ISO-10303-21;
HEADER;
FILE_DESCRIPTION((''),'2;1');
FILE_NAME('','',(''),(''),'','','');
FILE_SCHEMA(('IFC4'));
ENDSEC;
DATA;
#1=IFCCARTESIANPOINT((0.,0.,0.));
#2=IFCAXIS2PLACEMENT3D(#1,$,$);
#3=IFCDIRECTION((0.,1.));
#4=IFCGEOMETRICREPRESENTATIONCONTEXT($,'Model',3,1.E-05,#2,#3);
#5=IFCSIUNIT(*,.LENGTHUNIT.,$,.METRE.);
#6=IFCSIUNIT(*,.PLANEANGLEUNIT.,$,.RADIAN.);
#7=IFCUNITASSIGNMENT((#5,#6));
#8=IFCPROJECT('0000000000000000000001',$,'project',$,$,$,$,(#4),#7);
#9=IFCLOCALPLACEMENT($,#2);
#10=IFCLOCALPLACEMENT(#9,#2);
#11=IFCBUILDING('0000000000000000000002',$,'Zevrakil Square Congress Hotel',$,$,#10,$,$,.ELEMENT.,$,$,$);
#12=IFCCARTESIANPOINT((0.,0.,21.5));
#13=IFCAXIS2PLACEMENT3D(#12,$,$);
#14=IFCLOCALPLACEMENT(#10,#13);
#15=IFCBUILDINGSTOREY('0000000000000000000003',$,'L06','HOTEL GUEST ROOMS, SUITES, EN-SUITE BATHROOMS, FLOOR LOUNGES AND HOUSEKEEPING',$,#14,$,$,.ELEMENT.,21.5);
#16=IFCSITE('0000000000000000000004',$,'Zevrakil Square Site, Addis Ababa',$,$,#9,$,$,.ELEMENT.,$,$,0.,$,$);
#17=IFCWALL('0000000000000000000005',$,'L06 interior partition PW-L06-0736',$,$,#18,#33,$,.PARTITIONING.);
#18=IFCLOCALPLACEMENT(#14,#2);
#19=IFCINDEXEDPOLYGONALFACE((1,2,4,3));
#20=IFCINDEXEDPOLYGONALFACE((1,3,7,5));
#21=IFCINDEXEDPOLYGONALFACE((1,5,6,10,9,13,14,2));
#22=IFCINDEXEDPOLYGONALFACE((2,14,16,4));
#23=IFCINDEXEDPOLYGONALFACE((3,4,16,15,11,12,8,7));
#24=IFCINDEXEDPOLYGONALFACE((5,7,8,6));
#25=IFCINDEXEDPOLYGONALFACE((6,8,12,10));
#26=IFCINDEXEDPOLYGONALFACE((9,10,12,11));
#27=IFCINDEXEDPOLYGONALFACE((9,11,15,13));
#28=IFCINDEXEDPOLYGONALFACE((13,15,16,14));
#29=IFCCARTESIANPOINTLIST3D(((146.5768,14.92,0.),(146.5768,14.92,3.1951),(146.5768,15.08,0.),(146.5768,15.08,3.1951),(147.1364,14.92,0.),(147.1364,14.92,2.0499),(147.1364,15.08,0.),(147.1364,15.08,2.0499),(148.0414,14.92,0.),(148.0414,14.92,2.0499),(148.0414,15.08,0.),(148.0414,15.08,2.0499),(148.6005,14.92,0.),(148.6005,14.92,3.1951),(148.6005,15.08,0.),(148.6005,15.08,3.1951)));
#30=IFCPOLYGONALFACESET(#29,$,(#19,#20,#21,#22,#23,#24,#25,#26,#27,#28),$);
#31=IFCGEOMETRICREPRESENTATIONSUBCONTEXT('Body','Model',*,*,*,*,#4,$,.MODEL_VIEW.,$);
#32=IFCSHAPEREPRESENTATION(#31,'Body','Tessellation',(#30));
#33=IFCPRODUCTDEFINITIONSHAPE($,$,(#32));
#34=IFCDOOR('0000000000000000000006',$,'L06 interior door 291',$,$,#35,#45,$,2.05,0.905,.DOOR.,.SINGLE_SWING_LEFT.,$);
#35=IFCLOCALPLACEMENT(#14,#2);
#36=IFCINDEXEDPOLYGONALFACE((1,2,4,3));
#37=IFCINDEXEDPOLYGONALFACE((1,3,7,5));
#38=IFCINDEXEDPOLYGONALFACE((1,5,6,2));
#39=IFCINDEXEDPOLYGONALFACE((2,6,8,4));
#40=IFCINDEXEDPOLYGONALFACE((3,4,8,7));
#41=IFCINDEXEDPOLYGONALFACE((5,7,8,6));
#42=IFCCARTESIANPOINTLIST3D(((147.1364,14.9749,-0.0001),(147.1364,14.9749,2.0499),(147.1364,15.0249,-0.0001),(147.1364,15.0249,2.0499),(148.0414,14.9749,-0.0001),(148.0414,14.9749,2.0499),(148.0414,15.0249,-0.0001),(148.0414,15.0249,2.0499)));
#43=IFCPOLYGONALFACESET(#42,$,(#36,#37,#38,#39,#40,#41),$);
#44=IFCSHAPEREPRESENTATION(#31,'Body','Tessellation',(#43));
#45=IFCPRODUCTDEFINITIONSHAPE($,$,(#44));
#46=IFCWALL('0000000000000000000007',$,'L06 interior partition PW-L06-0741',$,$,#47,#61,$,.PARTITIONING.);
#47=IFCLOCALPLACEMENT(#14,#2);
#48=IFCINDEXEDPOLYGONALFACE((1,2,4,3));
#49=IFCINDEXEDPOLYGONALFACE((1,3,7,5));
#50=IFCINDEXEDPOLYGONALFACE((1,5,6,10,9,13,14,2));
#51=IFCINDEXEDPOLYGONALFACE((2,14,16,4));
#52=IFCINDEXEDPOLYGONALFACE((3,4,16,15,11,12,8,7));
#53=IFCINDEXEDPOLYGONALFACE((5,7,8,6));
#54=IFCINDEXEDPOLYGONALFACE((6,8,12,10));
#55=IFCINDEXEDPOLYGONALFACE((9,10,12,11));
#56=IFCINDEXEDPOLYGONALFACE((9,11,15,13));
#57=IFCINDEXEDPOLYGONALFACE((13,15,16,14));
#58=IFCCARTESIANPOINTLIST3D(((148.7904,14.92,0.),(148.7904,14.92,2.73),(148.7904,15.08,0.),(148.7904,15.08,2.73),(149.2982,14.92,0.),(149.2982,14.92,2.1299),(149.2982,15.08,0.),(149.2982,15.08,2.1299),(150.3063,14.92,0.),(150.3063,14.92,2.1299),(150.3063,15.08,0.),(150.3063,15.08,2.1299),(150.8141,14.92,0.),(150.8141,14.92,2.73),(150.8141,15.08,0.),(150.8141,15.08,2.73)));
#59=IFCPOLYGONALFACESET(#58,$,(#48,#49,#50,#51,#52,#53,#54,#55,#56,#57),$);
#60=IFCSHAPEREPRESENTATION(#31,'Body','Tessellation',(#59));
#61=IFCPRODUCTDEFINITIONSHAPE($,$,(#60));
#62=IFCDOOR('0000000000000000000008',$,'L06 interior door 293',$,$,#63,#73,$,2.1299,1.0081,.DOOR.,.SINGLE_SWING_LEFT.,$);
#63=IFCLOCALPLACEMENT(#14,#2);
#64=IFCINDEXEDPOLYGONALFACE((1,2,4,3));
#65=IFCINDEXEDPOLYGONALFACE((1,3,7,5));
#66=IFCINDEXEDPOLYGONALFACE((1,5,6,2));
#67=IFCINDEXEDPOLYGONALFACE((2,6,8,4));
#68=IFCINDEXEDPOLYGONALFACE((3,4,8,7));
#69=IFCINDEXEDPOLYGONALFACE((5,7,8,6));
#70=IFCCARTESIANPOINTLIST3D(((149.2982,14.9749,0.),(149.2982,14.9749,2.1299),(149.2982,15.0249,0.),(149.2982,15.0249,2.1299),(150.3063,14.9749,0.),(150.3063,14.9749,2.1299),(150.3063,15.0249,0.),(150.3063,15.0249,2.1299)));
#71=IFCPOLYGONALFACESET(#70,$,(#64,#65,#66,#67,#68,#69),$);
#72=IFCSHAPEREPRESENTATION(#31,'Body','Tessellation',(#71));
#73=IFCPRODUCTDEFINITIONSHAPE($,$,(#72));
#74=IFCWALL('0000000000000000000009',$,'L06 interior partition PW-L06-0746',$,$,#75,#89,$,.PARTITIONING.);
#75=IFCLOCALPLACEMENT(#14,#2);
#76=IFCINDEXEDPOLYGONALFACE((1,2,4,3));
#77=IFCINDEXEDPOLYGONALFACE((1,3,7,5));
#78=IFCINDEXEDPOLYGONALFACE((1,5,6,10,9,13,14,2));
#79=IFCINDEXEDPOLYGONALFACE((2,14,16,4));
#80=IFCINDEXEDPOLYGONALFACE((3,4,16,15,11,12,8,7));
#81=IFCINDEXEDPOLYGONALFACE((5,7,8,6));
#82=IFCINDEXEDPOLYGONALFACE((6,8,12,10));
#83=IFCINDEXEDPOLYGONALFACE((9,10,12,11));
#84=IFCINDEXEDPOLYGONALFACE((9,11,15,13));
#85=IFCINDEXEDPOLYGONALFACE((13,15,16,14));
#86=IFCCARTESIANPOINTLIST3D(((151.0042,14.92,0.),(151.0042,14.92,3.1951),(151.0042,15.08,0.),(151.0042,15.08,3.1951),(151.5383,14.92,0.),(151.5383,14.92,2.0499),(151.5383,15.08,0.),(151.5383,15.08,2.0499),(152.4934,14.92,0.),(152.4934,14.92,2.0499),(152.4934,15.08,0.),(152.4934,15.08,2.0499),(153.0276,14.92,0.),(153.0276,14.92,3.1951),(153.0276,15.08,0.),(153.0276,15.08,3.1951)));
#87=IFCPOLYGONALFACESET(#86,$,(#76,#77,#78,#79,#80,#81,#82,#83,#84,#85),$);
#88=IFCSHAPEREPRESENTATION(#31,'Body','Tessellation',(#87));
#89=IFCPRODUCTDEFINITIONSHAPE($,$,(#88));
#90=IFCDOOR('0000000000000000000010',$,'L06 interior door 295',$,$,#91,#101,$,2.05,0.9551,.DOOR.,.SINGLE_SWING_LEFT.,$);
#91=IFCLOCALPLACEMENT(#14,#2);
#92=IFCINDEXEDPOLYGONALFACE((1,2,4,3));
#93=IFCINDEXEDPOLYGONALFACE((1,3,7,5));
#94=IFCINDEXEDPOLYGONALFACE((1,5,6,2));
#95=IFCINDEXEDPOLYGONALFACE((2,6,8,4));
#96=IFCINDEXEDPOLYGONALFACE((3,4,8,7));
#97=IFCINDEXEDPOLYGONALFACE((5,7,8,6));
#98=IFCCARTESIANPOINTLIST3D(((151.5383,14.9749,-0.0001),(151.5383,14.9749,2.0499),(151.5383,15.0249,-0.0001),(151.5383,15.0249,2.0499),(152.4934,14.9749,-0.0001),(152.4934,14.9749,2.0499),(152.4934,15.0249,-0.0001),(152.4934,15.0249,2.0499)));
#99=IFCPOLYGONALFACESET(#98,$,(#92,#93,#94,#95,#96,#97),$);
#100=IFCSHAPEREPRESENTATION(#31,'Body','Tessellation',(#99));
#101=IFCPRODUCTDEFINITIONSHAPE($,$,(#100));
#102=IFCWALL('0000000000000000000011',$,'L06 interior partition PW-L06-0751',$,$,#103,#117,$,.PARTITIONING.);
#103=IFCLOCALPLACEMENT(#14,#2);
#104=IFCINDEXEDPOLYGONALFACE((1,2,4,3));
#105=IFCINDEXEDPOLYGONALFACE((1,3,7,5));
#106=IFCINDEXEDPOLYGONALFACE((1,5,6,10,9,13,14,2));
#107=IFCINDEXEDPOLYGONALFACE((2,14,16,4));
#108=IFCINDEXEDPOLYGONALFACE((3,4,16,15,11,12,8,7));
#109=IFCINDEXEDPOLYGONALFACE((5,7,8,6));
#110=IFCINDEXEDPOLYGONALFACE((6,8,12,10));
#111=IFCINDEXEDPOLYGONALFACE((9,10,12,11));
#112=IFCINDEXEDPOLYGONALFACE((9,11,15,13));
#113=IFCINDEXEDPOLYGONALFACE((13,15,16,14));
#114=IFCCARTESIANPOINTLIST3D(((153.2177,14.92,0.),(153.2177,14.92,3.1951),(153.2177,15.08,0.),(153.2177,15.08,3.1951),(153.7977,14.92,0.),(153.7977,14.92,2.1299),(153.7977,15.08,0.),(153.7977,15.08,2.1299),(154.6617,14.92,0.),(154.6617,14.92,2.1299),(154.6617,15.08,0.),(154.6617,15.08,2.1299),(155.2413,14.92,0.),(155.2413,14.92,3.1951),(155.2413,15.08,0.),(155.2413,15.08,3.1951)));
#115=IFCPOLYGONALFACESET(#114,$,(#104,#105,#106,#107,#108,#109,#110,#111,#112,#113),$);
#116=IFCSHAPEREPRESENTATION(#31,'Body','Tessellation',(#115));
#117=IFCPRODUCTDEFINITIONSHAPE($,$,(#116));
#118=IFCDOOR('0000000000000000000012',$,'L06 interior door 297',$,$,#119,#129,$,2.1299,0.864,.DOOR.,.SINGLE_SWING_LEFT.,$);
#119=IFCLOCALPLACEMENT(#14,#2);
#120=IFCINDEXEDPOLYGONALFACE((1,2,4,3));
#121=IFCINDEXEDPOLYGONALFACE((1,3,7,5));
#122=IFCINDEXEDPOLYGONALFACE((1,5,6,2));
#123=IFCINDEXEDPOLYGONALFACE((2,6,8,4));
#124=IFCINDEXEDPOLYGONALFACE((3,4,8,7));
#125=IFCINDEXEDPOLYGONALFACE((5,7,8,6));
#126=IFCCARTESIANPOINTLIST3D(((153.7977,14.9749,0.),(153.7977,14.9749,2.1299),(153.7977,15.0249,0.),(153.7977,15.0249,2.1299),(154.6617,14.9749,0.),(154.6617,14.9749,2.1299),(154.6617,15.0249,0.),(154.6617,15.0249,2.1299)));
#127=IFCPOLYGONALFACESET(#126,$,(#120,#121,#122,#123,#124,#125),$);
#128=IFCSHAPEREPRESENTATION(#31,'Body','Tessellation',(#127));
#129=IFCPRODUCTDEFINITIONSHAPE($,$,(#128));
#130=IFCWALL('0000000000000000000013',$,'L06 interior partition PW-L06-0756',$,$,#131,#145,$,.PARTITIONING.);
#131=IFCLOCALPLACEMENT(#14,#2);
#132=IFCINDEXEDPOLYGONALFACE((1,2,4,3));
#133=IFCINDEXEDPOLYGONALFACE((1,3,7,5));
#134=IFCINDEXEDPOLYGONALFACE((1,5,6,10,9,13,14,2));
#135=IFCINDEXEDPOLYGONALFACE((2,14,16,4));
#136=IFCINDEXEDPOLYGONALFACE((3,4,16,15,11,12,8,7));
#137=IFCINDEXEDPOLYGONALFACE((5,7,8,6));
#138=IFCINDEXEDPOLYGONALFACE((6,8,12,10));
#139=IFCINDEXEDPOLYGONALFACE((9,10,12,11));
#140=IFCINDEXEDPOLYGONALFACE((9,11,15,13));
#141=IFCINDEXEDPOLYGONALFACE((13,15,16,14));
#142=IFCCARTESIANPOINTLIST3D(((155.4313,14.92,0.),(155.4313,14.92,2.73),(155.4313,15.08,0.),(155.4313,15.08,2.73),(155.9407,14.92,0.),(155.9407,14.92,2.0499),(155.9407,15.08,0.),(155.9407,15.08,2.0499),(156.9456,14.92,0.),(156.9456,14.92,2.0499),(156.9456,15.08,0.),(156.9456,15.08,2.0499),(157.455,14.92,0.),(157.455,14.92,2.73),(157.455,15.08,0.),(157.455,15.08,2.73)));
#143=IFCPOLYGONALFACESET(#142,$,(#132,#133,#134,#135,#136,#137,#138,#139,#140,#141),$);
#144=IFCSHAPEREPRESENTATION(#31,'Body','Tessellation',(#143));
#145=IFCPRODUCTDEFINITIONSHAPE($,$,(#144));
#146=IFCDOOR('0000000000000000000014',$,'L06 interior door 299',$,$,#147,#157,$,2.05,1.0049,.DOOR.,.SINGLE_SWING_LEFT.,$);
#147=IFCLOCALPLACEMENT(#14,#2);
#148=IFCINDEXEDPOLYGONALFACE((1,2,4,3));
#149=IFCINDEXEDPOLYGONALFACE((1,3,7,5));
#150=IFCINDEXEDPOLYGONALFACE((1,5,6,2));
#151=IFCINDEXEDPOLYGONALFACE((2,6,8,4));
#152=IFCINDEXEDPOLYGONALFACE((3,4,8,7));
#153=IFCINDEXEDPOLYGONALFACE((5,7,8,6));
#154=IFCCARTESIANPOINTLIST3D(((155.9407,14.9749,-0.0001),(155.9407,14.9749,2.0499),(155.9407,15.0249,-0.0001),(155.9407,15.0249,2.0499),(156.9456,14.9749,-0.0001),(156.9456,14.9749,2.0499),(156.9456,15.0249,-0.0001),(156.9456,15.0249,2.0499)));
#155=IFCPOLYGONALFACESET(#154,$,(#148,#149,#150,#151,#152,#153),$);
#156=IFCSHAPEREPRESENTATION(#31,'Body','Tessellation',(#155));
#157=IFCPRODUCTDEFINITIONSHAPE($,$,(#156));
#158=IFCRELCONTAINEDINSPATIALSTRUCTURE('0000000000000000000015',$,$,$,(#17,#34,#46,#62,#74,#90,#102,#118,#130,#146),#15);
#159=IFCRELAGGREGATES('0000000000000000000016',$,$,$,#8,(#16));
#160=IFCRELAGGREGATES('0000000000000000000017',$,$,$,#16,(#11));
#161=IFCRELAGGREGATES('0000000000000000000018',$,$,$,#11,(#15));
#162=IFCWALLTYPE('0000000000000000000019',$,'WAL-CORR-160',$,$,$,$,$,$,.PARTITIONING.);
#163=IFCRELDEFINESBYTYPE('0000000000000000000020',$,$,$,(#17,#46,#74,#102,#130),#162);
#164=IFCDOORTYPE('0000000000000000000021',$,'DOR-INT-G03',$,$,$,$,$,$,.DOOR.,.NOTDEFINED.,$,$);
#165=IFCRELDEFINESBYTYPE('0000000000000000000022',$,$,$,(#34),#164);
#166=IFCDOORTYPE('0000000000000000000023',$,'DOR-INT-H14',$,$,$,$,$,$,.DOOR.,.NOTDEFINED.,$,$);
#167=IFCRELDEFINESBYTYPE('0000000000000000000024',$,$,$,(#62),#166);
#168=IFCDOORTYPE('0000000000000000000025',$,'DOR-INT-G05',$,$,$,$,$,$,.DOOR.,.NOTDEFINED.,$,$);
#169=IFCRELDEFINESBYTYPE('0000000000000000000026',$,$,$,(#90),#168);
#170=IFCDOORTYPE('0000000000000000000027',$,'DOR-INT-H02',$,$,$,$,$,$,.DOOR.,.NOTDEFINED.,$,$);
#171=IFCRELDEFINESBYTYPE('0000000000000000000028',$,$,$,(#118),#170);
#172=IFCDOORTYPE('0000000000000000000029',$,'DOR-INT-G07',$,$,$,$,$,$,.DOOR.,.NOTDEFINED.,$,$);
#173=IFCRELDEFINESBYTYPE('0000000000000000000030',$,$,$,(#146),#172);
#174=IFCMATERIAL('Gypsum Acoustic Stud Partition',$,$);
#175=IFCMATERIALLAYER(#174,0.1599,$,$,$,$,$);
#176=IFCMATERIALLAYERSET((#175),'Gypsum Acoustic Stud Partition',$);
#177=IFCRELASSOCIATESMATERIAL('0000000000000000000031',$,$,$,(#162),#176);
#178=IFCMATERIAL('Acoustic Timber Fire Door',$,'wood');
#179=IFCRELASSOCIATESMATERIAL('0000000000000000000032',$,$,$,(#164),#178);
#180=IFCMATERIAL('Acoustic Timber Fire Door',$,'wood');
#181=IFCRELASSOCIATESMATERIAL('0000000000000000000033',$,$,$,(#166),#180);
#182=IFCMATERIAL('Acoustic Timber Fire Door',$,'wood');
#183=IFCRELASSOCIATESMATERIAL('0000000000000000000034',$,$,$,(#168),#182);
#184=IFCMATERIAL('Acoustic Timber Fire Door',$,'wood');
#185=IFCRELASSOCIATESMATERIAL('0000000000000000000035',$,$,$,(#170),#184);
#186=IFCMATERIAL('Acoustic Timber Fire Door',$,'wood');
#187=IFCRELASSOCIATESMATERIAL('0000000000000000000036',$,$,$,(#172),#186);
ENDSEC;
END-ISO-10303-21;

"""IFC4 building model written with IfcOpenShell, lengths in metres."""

from ifc_helpers import new_model, si_unit, direction, frame, frame_2d, origin, place, context, subcontext, project, spatial, rectangle, extrude, material, layer, layer_set, type_object, element, fill, save


model = new_model("IFC4")

# Units and contexts
model_context = context("Model", 3, precision=1e-05, world=origin(), true_north=direction((0.0, 1.0)))
body_context = subcontext(model_context, "Body", "Model", "MODEL_VIEW")
ifc_project = project(units=[si_unit("LENGTHUNIT", "METRE"), si_unit("PLANEANGLEUNIT", "RADIAN")], contexts=[model_context])

# Site, building, storey
site_placement = place(None, origin())
site = spatial("IfcSite", under=ifc_project, at=site_placement, Name="Zevrakil Square Site, Addis Ababa", CompositionType="ELEMENT", RefElevation=0.0)
building_placement = place(site_placement, origin())
building = spatial("IfcBuilding", under=site, at=building_placement, Name="Zevrakil Square Congress Hotel", CompositionType="ELEMENT")
storey_placement = place(building_placement, frame((0.0, 0.0, 21.5)))
storey = spatial("IfcBuildingStorey", under=building, at=storey_placement, Name="L06", Description="HOTEL GUEST ROOMS, SUITES, EN-SUITE BATHROOMS, FLOOR LOUNGES AND HOUSEKEEPING", CompositionType="ELEMENT", Elevation=21.5)

# Shared definitions
ifc_material_1 = material(Name="Gypsum Acoustic Stud Partition")
ifc_layer_1 = layer(ifc_material_1, 0.1599)
ifc_layer_set_1 = layer_set([ifc_layer_1], Name="Gypsum Acoustic Stud Partition")
wall_type_1 = type_object("IfcWallType", Name="WAL-CORR-160", PredefinedType="PARTITIONING", material=ifc_layer_set_1)

# Walls, openings, doors
wall_1_placement = place(storey_placement, frame((146.5769, 15.0, 0.0), z_axis=(0.0, 0.0, 1.0), x_axis=(1.0, 0.0, 0.0)))
wall_1 = element("IfcWall", 1, at=wall_1_placement, inside=storey, type_object=wall_type_1, Name="L06 interior partition PW-L06-0736", PredefinedType="PARTITIONING", context=body_context, shape_type="SweptSolid", body=[
    extrude(rectangle(XDim=2.0237, YDim=0.1599, at=frame_2d((1.0117, 0.0))), origin(), (0.0, 0.0, 1.0), 3.1951),
])
opening_1_placement = place(wall_1_placement, frame((0.5593, 0.0, 0.0)))
opening_1 = element("IfcOpeningElement", 2, at=opening_1_placement, cuts=wall_1, PredefinedType="OPENING", context=body_context, shape_type="SweptSolid", body=[
    extrude(rectangle(XDim=0.905, YDim=2.05, at=frame_2d((0.4526, 1.0249))), frame((0.0, 0.0898, 0.0), z_axis=(0.0, -1.0, 0.0), x_axis=(1.0, 0.0, 0.0)), (0.0, 0.0, 1.0), 0.1799),
])
ifc_material_2 = material(Name="Acoustic Timber Fire Door", Category="wood")
door_type_1 = type_object("IfcDoorType", Name="DOR-INT-G03", OperationType="NOTDEFINED", PredefinedType="DOOR", material=ifc_material_2)
door_1_placement = place(opening_1_placement, origin())
door_1 = element("IfcDoor", 3, at=door_1_placement, inside=storey, type_object=door_type_1, Name="L06 interior door 291", OperationType="SINGLE_SWING_LEFT", OverallHeight=2.05, OverallWidth=0.905, PredefinedType="DOOR", context=body_context, shape_type="SweptSolid", body=[
    extrude(rectangle(XDim=0.905, YDim=2.05, at=frame_2d((0.4526, 1.0249))), frame((0.0, 0.0249, 0.0), z_axis=(0.0, -1.0, 0.0), x_axis=(1.0, 0.0, 0.0)), (0.0, 0.0, 1.0), 0.05),
])
fill(opening_1, door_1)
wall_2_placement = place(storey_placement, frame((148.7905, 15.0, 0.0), z_axis=(0.0, 0.0, 1.0), x_axis=(1.0, 0.0, 0.0)))
wall_2 = element("IfcWall", 4, at=wall_2_placement, inside=storey, type_object=wall_type_1, Name="L06 interior partition PW-L06-0741", PredefinedType="PARTITIONING", context=body_context, shape_type="SweptSolid", body=[
    extrude(rectangle(XDim=2.0237, YDim=0.1599, at=frame_2d((1.0117, 0.0))), origin(), (0.0, 0.0, 1.0), 2.73),
])
opening_2_placement = place(wall_2_placement, frame((0.5078, 0.0, 0.0)))
opening_2 = element("IfcOpeningElement", 5, at=opening_2_placement, cuts=wall_2, PredefinedType="OPENING", context=body_context, shape_type="SweptSolid", body=[
    extrude(rectangle(XDim=1.0081, YDim=2.1299, at=frame_2d((0.5039, 1.0649))), frame((0.0, 0.0898, 0.0), z_axis=(0.0, -1.0, 0.0), x_axis=(1.0, 0.0, 0.0)), (0.0, 0.0, 1.0), 0.1799),
])
ifc_material_3 = material(Name="Acoustic Timber Fire Door", Category="wood")
door_type_2 = type_object("IfcDoorType", Name="DOR-INT-H14", OperationType="NOTDEFINED", PredefinedType="DOOR", material=ifc_material_3)
door_2_placement = place(opening_2_placement, origin())
door_2 = element("IfcDoor", 6, at=door_2_placement, inside=storey, type_object=door_type_2, Name="L06 interior door 293", OperationType="SINGLE_SWING_LEFT", OverallHeight=2.1299, OverallWidth=1.0081, PredefinedType="DOOR", context=body_context, shape_type="SweptSolid", body=[
    extrude(rectangle(XDim=1.0081, YDim=2.1299, at=frame_2d((0.5039, 1.0649))), frame((0.0, 0.0249, 0.0), z_axis=(0.0, -1.0, 0.0), x_axis=(1.0, 0.0, 0.0)), (0.0, 0.0, 1.0), 0.05),
])
fill(opening_2, door_2)
wall_3_placement = place(storey_placement, frame((151.0042, 15.0, 0.0), z_axis=(0.0, 0.0, 1.0), x_axis=(1.0, 0.0, 0.0)))
wall_3 = element("IfcWall", 7, at=wall_3_placement, inside=storey, type_object=wall_type_1, Name="L06 interior partition PW-L06-0746", PredefinedType="PARTITIONING", context=body_context, shape_type="SweptSolid", body=[
    extrude(rectangle(XDim=2.0234, YDim=0.1599, at=frame_2d((1.0117, 0.0))), origin(), (0.0, 0.0, 1.0), 3.1951),
])
opening_3_placement = place(wall_3_placement, frame((0.5342, 0.0, 0.0)))
opening_3 = element("IfcOpeningElement", 8, at=opening_3_placement, cuts=wall_3, PredefinedType="OPENING", context=body_context, shape_type="SweptSolid", body=[
    extrude(rectangle(XDim=0.9551, YDim=2.05, at=frame_2d((0.4775, 1.0249))), frame((0.0, 0.0898, 0.0), z_axis=(0.0, -1.0, 0.0), x_axis=(1.0, 0.0, 0.0)), (0.0, 0.0, 1.0), 0.1799),
])
ifc_material_4 = material(Name="Acoustic Timber Fire Door", Category="wood")
door_type_3 = type_object("IfcDoorType", Name="DOR-INT-G05", OperationType="NOTDEFINED", PredefinedType="DOOR", material=ifc_material_4)
door_3_placement = place(opening_3_placement, origin())
door_3 = element("IfcDoor", 9, at=door_3_placement, inside=storey, type_object=door_type_3, Name="L06 interior door 295", OperationType="SINGLE_SWING_LEFT", OverallHeight=2.05, OverallWidth=0.9551, PredefinedType="DOOR", context=body_context, shape_type="SweptSolid", body=[
    extrude(rectangle(XDim=0.9551, YDim=2.05, at=frame_2d((0.4775, 1.0249))), frame((0.0, 0.0249, 0.0), z_axis=(0.0, -1.0, 0.0), x_axis=(1.0, 0.0, 0.0)), (0.0, 0.0, 1.0), 0.05),
])
fill(opening_3, door_3)
wall_4_placement = place(storey_placement, frame((153.2178, 15.0, 0.0), z_axis=(0.0, 0.0, 1.0), x_axis=(1.0, 0.0, 0.0)))
wall_4 = element("IfcWall", 10, at=wall_4_placement, inside=storey, type_object=wall_type_1, Name="L06 interior partition PW-L06-0751", PredefinedType="PARTITIONING", context=body_context, shape_type="SweptSolid", body=[
    extrude(rectangle(XDim=2.0237, YDim=0.1599, at=frame_2d((1.0117, 0.0))), origin(), (0.0, 0.0, 1.0), 3.1951),
])
opening_4_placement = place(wall_4_placement, frame((0.5798, 0.0, 0.0)))
opening_4 = element("IfcOpeningElement", 11, at=opening_4_placement, cuts=wall_4, PredefinedType="OPENING", context=body_context, shape_type="SweptSolid", body=[
    extrude(rectangle(XDim=0.864, YDim=2.1299, at=frame_2d((0.4321, 1.0649))), frame((0.0, 0.0898, 0.0), z_axis=(0.0, -1.0, 0.0), x_axis=(1.0, 0.0, 0.0)), (0.0, 0.0, 1.0), 0.1799),
])
ifc_material_5 = material(Name="Acoustic Timber Fire Door", Category="wood")
door_type_4 = type_object("IfcDoorType", Name="DOR-INT-H02", OperationType="NOTDEFINED", PredefinedType="DOOR", material=ifc_material_5)
door_4_placement = place(opening_4_placement, origin())
door_4 = element("IfcDoor", 12, at=door_4_placement, inside=storey, type_object=door_type_4, Name="L06 interior door 297", OperationType="SINGLE_SWING_LEFT", OverallHeight=2.1299, OverallWidth=0.864, PredefinedType="DOOR", context=body_context, shape_type="SweptSolid", body=[
    extrude(rectangle(XDim=0.864, YDim=2.1299, at=frame_2d((0.4321, 1.0649))), frame((0.0, 0.0249, 0.0), z_axis=(0.0, -1.0, 0.0), x_axis=(1.0, 0.0, 0.0)), (0.0, 0.0, 1.0), 0.05),
])
fill(opening_4, door_4)
wall_5_placement = place(storey_placement, frame((155.4314, 15.0, 0.0), z_axis=(0.0, 0.0, 1.0), x_axis=(1.0, 0.0, 0.0)))
wall_5 = element("IfcWall", 13, at=wall_5_placement, inside=storey, type_object=wall_type_1, Name="L06 interior partition PW-L06-0756", PredefinedType="PARTITIONING", context=body_context, shape_type="SweptSolid", body=[
    extrude(rectangle(XDim=2.0237, YDim=0.1599, at=frame_2d((1.0117, 0.0))), origin(), (0.0, 0.0, 1.0), 2.73),
])
opening_5_placement = place(wall_5_placement, frame((0.5093, 0.0, 0.0)))
opening_5 = element("IfcOpeningElement", 14, at=opening_5_placement, cuts=wall_5, PredefinedType="OPENING", context=body_context, shape_type="SweptSolid", body=[
    extrude(rectangle(XDim=1.0049, YDim=2.05, at=frame_2d((0.5024, 1.0249))), frame((0.0, 0.0898, 0.0), z_axis=(0.0, -1.0, 0.0), x_axis=(1.0, 0.0, 0.0)), (0.0, 0.0, 1.0), 0.1799),
])
ifc_material_6 = material(Name="Acoustic Timber Fire Door", Category="wood")
door_type_5 = type_object("IfcDoorType", Name="DOR-INT-G07", OperationType="NOTDEFINED", PredefinedType="DOOR", material=ifc_material_6)
door_5_placement = place(opening_5_placement, origin())
door_5 = element("IfcDoor", 15, at=door_5_placement, inside=storey, type_object=door_type_5, Name="L06 interior door 299", OperationType="SINGLE_SWING_LEFT", OverallHeight=2.05, OverallWidth=1.0049, PredefinedType="DOOR", context=body_context, shape_type="SweptSolid", body=[
    extrude(rectangle(XDim=1.0049, YDim=2.05, at=frame_2d((0.5024, 1.0249))), frame((0.0, 0.0249, 0.0), z_axis=(0.0, -1.0, 0.0), x_axis=(1.0, 0.0, 0.0)), (0.0, 0.0, 1.0), 0.05),
])
fill(opening_5, door_5)

save(model, "model.ifc")
